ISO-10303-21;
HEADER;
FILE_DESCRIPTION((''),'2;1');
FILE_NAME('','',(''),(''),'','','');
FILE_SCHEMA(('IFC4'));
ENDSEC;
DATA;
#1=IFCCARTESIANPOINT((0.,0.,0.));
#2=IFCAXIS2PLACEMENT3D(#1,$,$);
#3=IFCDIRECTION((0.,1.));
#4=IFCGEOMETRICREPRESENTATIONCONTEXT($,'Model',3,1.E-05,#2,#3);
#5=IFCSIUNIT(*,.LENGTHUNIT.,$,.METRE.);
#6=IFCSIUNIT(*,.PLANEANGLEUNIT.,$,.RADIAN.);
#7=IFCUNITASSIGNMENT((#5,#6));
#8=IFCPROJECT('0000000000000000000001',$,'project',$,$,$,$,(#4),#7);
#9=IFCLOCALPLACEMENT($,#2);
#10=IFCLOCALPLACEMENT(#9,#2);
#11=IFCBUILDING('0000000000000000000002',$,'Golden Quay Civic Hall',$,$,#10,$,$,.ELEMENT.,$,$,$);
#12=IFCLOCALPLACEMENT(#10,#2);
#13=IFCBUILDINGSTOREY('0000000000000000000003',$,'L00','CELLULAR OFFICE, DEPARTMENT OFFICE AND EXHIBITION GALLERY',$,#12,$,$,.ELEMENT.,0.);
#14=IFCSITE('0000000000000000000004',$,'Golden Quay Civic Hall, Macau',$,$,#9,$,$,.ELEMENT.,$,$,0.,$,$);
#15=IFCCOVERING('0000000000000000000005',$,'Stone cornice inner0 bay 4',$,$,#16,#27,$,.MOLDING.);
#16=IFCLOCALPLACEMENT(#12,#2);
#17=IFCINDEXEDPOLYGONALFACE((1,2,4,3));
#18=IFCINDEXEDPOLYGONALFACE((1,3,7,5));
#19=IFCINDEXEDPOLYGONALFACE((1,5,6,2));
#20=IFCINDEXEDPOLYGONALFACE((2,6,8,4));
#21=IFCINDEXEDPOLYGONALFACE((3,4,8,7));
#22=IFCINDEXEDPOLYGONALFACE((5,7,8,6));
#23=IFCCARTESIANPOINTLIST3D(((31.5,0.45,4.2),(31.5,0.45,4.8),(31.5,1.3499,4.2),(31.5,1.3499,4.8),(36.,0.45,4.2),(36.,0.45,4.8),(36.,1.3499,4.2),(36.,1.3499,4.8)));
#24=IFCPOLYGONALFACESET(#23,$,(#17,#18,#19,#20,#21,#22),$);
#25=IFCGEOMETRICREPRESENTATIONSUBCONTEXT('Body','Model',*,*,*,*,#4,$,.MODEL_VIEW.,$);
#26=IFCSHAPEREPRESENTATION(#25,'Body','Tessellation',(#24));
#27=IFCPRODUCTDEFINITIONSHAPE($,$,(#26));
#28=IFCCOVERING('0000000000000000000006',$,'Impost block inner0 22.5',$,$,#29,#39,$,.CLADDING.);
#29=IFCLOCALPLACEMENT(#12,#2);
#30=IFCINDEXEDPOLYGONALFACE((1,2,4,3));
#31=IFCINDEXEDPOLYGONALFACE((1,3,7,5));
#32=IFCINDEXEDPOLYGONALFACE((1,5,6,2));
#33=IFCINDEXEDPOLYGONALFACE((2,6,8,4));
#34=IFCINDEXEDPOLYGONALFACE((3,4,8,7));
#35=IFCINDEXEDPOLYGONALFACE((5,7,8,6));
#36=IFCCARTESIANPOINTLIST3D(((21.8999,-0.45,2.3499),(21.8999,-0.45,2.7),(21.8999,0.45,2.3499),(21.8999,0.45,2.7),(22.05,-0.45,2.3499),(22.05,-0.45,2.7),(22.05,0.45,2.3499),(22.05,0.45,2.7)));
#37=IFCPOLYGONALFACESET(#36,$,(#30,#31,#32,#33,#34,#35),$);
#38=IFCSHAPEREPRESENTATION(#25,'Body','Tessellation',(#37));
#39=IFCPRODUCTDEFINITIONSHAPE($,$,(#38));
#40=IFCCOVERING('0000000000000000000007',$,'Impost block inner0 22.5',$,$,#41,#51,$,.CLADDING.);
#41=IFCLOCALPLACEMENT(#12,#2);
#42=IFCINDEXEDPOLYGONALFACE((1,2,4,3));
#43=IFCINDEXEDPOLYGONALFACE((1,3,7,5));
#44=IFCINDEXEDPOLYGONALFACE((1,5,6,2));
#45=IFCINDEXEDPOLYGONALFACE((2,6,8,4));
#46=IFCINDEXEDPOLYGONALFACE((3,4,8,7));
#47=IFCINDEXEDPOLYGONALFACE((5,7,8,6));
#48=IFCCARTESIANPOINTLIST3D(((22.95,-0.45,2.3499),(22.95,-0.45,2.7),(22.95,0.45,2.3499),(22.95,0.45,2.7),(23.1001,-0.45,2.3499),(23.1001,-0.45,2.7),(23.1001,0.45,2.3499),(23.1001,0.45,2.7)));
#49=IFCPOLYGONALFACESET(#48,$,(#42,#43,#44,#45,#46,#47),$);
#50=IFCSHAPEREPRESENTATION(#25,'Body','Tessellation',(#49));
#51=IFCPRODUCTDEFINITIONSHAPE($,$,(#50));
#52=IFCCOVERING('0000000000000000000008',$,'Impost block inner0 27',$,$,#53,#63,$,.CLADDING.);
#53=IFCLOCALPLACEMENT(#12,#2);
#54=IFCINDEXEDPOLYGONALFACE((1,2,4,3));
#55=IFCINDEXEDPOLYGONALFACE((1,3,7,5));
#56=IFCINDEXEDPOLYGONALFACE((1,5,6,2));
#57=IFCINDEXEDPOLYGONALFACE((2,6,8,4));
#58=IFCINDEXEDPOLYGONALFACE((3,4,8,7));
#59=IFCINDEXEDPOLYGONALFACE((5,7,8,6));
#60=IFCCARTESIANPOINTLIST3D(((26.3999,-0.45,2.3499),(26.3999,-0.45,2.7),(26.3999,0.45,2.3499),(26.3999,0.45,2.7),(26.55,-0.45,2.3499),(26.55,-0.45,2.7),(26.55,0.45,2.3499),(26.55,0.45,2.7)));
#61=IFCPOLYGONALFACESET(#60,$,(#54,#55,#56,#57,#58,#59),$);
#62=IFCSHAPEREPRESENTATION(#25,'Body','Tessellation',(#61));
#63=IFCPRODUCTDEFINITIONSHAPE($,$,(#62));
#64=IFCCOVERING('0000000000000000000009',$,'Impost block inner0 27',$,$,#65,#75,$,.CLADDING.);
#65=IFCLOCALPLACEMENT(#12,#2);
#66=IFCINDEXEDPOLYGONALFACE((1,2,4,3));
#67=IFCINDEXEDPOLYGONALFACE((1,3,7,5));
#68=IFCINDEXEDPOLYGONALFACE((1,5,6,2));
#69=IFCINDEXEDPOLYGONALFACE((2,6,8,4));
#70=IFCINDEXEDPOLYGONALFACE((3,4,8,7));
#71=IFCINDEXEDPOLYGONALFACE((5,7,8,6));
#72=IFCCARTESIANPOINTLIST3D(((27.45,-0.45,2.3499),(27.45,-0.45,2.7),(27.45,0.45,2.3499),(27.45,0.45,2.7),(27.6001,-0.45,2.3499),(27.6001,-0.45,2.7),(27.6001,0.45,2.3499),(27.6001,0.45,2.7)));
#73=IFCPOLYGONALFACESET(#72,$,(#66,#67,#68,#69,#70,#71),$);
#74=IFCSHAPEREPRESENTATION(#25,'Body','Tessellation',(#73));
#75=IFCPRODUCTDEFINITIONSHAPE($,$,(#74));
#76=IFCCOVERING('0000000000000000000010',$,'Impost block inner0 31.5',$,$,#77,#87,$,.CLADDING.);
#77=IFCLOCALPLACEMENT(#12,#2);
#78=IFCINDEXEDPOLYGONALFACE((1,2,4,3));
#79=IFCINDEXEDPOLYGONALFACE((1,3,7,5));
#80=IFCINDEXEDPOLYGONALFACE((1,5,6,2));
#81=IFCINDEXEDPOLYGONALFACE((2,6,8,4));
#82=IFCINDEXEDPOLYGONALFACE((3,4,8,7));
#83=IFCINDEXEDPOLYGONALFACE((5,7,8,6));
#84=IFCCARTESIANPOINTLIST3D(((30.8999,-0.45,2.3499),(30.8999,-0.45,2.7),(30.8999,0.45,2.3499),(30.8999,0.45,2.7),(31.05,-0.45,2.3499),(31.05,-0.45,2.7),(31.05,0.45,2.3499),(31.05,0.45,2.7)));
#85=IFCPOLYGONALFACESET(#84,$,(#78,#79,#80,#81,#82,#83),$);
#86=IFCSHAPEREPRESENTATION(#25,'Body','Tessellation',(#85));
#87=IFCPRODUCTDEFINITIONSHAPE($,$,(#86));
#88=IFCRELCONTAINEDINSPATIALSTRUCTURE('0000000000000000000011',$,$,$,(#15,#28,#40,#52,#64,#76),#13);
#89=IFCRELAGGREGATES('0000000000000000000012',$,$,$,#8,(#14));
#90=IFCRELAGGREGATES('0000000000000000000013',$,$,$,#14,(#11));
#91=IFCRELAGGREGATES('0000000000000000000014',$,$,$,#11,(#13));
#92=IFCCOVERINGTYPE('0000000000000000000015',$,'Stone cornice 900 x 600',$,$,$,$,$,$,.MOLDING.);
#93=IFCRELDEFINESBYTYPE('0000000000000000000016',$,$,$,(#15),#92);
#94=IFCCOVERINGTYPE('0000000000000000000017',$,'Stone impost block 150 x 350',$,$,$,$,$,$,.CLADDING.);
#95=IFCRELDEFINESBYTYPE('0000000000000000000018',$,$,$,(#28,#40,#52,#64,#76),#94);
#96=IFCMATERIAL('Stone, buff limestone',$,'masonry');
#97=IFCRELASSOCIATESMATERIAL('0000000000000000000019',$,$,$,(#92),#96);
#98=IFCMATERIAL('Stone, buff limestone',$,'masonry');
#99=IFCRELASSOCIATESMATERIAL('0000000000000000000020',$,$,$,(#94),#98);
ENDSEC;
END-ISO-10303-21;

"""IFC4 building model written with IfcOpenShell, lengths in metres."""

from ifc_helpers import new_model, si_unit, direction, frame, origin, origin_2d, place, context, subcontext, project, spatial, rectangle, extrude, material, material_profile, profile_set, type_object, element, save


model = new_model("IFC4")

# Units and contexts
model_context = context("Model", 3, precision=1e-05, world=origin(), true_north=direction((0.0, 1.0)))
body_context = subcontext(model_context, "Body", "Model", "MODEL_VIEW")
ifc_project = project(units=[si_unit("LENGTHUNIT", "METRE"), si_unit("PLANEANGLEUNIT", "RADIAN")], contexts=[model_context])

# Site, building, storey
site_placement = place(None, origin())
site = spatial("IfcSite", under=ifc_project, at=site_placement, Name="Golden Quay Civic Hall, Macau", CompositionType="ELEMENT", RefElevation=0.0)
building_placement = place(site_placement, origin())
building = spatial("IfcBuilding", under=site, at=building_placement, Name="Golden Quay Civic Hall", CompositionType="ELEMENT")
storey_placement = place(building_placement, origin())
storey = spatial("IfcBuildingStorey", under=building, at=storey_placement, Name="L00", Description="CELLULAR OFFICE, DEPARTMENT OFFICE AND EXHIBITION GALLERY", CompositionType="ELEMENT", Elevation=0.0)

# Coverings
ifc_material_1 = material(Name="Stone, buff limestone", Category="masonry")
ifc_material_profile_1 = material_profile(ifc_material_1, rectangle(XDim=0.8999, YDim=0.6001, at=origin_2d()), Name="RC 900x600")
ifc_profile_set_1 = profile_set([ifc_material_profile_1], Name="Stone, buff limestone")
covering_type_1 = type_object("IfcCoveringType", Name="Stone cornice 900 x 600", PredefinedType="MOLDING", material=ifc_profile_set_1)
for number, where, z_axis, x_axis, name in (
    (1, (31.5, 0.8999, 4.5), (1.0, 0.0, 0.0), (0.0, 1.0, 0.0), "Stone cornice inner0 bay 4"),
):
    element("IfcCovering", number, at=place(storey_placement, frame(where, z_axis=z_axis, x_axis=x_axis)), inside=storey, type_object=covering_type_1, Name=name, PredefinedType="MOLDING", context=body_context, shape_type="SweptSolid", body=[
        extrude(rectangle(XDim=0.8999, YDim=0.6001, at=origin_2d()), origin(), (0.0, 0.0, 1.0), 4.5),
    ])
ifc_material_2 = material(Name="Stone, buff limestone", Category="masonry")
ifc_material_profile_2 = material_profile(ifc_material_2, rectangle(XDim=0.8999, YDim=0.3501, at=origin_2d()), Name="RC 900x350")
ifc_profile_set_2 = profile_set([ifc_material_profile_2], Name="Stone, buff limestone")
covering_type_2 = type_object("IfcCoveringType", Name="Stone impost block 150 x 350", PredefinedType="CLADDING", material=ifc_profile_set_2)
for number, where, z_axis, x_axis, name in (
    (2, (22.05, 0.0, 2.5249), (-1.0, 0.0, 0.0), (0.0, -1.0, 0.0), "Impost block inner0 22.5"),
    (3, (22.95, 0.0, 2.5249), (1.0, 0.0, 0.0), (0.0, 1.0, 0.0), "Impost block inner0 22.5"),
    (4, (26.55, 0.0, 2.5249), (-1.0, 0.0, 0.0), (0.0, -1.0, 0.0), "Impost block inner0 27"),
    (5, (27.45, 0.0, 2.5249), (1.0, 0.0, 0.0), (0.0, 1.0, 0.0), "Impost block inner0 27"),
    (6, (31.05, 0.0, 2.5249), (-1.0, 0.0, 0.0), (0.0, -1.0, 0.0), "Impost block inner0 31.5"),
):
    element("IfcCovering", number, at=place(storey_placement, frame(where, z_axis=z_axis, x_axis=x_axis)), inside=storey, type_object=covering_type_2, Name=name, PredefinedType="CLADDING", context=body_context, shape_type="SweptSolid", body=[
        extrude(rectangle(XDim=0.8999, YDim=0.3501, at=origin_2d()), origin(), (0.0, 0.0, 1.0), 0.1501),
    ])

save(model, "model.ifc")
